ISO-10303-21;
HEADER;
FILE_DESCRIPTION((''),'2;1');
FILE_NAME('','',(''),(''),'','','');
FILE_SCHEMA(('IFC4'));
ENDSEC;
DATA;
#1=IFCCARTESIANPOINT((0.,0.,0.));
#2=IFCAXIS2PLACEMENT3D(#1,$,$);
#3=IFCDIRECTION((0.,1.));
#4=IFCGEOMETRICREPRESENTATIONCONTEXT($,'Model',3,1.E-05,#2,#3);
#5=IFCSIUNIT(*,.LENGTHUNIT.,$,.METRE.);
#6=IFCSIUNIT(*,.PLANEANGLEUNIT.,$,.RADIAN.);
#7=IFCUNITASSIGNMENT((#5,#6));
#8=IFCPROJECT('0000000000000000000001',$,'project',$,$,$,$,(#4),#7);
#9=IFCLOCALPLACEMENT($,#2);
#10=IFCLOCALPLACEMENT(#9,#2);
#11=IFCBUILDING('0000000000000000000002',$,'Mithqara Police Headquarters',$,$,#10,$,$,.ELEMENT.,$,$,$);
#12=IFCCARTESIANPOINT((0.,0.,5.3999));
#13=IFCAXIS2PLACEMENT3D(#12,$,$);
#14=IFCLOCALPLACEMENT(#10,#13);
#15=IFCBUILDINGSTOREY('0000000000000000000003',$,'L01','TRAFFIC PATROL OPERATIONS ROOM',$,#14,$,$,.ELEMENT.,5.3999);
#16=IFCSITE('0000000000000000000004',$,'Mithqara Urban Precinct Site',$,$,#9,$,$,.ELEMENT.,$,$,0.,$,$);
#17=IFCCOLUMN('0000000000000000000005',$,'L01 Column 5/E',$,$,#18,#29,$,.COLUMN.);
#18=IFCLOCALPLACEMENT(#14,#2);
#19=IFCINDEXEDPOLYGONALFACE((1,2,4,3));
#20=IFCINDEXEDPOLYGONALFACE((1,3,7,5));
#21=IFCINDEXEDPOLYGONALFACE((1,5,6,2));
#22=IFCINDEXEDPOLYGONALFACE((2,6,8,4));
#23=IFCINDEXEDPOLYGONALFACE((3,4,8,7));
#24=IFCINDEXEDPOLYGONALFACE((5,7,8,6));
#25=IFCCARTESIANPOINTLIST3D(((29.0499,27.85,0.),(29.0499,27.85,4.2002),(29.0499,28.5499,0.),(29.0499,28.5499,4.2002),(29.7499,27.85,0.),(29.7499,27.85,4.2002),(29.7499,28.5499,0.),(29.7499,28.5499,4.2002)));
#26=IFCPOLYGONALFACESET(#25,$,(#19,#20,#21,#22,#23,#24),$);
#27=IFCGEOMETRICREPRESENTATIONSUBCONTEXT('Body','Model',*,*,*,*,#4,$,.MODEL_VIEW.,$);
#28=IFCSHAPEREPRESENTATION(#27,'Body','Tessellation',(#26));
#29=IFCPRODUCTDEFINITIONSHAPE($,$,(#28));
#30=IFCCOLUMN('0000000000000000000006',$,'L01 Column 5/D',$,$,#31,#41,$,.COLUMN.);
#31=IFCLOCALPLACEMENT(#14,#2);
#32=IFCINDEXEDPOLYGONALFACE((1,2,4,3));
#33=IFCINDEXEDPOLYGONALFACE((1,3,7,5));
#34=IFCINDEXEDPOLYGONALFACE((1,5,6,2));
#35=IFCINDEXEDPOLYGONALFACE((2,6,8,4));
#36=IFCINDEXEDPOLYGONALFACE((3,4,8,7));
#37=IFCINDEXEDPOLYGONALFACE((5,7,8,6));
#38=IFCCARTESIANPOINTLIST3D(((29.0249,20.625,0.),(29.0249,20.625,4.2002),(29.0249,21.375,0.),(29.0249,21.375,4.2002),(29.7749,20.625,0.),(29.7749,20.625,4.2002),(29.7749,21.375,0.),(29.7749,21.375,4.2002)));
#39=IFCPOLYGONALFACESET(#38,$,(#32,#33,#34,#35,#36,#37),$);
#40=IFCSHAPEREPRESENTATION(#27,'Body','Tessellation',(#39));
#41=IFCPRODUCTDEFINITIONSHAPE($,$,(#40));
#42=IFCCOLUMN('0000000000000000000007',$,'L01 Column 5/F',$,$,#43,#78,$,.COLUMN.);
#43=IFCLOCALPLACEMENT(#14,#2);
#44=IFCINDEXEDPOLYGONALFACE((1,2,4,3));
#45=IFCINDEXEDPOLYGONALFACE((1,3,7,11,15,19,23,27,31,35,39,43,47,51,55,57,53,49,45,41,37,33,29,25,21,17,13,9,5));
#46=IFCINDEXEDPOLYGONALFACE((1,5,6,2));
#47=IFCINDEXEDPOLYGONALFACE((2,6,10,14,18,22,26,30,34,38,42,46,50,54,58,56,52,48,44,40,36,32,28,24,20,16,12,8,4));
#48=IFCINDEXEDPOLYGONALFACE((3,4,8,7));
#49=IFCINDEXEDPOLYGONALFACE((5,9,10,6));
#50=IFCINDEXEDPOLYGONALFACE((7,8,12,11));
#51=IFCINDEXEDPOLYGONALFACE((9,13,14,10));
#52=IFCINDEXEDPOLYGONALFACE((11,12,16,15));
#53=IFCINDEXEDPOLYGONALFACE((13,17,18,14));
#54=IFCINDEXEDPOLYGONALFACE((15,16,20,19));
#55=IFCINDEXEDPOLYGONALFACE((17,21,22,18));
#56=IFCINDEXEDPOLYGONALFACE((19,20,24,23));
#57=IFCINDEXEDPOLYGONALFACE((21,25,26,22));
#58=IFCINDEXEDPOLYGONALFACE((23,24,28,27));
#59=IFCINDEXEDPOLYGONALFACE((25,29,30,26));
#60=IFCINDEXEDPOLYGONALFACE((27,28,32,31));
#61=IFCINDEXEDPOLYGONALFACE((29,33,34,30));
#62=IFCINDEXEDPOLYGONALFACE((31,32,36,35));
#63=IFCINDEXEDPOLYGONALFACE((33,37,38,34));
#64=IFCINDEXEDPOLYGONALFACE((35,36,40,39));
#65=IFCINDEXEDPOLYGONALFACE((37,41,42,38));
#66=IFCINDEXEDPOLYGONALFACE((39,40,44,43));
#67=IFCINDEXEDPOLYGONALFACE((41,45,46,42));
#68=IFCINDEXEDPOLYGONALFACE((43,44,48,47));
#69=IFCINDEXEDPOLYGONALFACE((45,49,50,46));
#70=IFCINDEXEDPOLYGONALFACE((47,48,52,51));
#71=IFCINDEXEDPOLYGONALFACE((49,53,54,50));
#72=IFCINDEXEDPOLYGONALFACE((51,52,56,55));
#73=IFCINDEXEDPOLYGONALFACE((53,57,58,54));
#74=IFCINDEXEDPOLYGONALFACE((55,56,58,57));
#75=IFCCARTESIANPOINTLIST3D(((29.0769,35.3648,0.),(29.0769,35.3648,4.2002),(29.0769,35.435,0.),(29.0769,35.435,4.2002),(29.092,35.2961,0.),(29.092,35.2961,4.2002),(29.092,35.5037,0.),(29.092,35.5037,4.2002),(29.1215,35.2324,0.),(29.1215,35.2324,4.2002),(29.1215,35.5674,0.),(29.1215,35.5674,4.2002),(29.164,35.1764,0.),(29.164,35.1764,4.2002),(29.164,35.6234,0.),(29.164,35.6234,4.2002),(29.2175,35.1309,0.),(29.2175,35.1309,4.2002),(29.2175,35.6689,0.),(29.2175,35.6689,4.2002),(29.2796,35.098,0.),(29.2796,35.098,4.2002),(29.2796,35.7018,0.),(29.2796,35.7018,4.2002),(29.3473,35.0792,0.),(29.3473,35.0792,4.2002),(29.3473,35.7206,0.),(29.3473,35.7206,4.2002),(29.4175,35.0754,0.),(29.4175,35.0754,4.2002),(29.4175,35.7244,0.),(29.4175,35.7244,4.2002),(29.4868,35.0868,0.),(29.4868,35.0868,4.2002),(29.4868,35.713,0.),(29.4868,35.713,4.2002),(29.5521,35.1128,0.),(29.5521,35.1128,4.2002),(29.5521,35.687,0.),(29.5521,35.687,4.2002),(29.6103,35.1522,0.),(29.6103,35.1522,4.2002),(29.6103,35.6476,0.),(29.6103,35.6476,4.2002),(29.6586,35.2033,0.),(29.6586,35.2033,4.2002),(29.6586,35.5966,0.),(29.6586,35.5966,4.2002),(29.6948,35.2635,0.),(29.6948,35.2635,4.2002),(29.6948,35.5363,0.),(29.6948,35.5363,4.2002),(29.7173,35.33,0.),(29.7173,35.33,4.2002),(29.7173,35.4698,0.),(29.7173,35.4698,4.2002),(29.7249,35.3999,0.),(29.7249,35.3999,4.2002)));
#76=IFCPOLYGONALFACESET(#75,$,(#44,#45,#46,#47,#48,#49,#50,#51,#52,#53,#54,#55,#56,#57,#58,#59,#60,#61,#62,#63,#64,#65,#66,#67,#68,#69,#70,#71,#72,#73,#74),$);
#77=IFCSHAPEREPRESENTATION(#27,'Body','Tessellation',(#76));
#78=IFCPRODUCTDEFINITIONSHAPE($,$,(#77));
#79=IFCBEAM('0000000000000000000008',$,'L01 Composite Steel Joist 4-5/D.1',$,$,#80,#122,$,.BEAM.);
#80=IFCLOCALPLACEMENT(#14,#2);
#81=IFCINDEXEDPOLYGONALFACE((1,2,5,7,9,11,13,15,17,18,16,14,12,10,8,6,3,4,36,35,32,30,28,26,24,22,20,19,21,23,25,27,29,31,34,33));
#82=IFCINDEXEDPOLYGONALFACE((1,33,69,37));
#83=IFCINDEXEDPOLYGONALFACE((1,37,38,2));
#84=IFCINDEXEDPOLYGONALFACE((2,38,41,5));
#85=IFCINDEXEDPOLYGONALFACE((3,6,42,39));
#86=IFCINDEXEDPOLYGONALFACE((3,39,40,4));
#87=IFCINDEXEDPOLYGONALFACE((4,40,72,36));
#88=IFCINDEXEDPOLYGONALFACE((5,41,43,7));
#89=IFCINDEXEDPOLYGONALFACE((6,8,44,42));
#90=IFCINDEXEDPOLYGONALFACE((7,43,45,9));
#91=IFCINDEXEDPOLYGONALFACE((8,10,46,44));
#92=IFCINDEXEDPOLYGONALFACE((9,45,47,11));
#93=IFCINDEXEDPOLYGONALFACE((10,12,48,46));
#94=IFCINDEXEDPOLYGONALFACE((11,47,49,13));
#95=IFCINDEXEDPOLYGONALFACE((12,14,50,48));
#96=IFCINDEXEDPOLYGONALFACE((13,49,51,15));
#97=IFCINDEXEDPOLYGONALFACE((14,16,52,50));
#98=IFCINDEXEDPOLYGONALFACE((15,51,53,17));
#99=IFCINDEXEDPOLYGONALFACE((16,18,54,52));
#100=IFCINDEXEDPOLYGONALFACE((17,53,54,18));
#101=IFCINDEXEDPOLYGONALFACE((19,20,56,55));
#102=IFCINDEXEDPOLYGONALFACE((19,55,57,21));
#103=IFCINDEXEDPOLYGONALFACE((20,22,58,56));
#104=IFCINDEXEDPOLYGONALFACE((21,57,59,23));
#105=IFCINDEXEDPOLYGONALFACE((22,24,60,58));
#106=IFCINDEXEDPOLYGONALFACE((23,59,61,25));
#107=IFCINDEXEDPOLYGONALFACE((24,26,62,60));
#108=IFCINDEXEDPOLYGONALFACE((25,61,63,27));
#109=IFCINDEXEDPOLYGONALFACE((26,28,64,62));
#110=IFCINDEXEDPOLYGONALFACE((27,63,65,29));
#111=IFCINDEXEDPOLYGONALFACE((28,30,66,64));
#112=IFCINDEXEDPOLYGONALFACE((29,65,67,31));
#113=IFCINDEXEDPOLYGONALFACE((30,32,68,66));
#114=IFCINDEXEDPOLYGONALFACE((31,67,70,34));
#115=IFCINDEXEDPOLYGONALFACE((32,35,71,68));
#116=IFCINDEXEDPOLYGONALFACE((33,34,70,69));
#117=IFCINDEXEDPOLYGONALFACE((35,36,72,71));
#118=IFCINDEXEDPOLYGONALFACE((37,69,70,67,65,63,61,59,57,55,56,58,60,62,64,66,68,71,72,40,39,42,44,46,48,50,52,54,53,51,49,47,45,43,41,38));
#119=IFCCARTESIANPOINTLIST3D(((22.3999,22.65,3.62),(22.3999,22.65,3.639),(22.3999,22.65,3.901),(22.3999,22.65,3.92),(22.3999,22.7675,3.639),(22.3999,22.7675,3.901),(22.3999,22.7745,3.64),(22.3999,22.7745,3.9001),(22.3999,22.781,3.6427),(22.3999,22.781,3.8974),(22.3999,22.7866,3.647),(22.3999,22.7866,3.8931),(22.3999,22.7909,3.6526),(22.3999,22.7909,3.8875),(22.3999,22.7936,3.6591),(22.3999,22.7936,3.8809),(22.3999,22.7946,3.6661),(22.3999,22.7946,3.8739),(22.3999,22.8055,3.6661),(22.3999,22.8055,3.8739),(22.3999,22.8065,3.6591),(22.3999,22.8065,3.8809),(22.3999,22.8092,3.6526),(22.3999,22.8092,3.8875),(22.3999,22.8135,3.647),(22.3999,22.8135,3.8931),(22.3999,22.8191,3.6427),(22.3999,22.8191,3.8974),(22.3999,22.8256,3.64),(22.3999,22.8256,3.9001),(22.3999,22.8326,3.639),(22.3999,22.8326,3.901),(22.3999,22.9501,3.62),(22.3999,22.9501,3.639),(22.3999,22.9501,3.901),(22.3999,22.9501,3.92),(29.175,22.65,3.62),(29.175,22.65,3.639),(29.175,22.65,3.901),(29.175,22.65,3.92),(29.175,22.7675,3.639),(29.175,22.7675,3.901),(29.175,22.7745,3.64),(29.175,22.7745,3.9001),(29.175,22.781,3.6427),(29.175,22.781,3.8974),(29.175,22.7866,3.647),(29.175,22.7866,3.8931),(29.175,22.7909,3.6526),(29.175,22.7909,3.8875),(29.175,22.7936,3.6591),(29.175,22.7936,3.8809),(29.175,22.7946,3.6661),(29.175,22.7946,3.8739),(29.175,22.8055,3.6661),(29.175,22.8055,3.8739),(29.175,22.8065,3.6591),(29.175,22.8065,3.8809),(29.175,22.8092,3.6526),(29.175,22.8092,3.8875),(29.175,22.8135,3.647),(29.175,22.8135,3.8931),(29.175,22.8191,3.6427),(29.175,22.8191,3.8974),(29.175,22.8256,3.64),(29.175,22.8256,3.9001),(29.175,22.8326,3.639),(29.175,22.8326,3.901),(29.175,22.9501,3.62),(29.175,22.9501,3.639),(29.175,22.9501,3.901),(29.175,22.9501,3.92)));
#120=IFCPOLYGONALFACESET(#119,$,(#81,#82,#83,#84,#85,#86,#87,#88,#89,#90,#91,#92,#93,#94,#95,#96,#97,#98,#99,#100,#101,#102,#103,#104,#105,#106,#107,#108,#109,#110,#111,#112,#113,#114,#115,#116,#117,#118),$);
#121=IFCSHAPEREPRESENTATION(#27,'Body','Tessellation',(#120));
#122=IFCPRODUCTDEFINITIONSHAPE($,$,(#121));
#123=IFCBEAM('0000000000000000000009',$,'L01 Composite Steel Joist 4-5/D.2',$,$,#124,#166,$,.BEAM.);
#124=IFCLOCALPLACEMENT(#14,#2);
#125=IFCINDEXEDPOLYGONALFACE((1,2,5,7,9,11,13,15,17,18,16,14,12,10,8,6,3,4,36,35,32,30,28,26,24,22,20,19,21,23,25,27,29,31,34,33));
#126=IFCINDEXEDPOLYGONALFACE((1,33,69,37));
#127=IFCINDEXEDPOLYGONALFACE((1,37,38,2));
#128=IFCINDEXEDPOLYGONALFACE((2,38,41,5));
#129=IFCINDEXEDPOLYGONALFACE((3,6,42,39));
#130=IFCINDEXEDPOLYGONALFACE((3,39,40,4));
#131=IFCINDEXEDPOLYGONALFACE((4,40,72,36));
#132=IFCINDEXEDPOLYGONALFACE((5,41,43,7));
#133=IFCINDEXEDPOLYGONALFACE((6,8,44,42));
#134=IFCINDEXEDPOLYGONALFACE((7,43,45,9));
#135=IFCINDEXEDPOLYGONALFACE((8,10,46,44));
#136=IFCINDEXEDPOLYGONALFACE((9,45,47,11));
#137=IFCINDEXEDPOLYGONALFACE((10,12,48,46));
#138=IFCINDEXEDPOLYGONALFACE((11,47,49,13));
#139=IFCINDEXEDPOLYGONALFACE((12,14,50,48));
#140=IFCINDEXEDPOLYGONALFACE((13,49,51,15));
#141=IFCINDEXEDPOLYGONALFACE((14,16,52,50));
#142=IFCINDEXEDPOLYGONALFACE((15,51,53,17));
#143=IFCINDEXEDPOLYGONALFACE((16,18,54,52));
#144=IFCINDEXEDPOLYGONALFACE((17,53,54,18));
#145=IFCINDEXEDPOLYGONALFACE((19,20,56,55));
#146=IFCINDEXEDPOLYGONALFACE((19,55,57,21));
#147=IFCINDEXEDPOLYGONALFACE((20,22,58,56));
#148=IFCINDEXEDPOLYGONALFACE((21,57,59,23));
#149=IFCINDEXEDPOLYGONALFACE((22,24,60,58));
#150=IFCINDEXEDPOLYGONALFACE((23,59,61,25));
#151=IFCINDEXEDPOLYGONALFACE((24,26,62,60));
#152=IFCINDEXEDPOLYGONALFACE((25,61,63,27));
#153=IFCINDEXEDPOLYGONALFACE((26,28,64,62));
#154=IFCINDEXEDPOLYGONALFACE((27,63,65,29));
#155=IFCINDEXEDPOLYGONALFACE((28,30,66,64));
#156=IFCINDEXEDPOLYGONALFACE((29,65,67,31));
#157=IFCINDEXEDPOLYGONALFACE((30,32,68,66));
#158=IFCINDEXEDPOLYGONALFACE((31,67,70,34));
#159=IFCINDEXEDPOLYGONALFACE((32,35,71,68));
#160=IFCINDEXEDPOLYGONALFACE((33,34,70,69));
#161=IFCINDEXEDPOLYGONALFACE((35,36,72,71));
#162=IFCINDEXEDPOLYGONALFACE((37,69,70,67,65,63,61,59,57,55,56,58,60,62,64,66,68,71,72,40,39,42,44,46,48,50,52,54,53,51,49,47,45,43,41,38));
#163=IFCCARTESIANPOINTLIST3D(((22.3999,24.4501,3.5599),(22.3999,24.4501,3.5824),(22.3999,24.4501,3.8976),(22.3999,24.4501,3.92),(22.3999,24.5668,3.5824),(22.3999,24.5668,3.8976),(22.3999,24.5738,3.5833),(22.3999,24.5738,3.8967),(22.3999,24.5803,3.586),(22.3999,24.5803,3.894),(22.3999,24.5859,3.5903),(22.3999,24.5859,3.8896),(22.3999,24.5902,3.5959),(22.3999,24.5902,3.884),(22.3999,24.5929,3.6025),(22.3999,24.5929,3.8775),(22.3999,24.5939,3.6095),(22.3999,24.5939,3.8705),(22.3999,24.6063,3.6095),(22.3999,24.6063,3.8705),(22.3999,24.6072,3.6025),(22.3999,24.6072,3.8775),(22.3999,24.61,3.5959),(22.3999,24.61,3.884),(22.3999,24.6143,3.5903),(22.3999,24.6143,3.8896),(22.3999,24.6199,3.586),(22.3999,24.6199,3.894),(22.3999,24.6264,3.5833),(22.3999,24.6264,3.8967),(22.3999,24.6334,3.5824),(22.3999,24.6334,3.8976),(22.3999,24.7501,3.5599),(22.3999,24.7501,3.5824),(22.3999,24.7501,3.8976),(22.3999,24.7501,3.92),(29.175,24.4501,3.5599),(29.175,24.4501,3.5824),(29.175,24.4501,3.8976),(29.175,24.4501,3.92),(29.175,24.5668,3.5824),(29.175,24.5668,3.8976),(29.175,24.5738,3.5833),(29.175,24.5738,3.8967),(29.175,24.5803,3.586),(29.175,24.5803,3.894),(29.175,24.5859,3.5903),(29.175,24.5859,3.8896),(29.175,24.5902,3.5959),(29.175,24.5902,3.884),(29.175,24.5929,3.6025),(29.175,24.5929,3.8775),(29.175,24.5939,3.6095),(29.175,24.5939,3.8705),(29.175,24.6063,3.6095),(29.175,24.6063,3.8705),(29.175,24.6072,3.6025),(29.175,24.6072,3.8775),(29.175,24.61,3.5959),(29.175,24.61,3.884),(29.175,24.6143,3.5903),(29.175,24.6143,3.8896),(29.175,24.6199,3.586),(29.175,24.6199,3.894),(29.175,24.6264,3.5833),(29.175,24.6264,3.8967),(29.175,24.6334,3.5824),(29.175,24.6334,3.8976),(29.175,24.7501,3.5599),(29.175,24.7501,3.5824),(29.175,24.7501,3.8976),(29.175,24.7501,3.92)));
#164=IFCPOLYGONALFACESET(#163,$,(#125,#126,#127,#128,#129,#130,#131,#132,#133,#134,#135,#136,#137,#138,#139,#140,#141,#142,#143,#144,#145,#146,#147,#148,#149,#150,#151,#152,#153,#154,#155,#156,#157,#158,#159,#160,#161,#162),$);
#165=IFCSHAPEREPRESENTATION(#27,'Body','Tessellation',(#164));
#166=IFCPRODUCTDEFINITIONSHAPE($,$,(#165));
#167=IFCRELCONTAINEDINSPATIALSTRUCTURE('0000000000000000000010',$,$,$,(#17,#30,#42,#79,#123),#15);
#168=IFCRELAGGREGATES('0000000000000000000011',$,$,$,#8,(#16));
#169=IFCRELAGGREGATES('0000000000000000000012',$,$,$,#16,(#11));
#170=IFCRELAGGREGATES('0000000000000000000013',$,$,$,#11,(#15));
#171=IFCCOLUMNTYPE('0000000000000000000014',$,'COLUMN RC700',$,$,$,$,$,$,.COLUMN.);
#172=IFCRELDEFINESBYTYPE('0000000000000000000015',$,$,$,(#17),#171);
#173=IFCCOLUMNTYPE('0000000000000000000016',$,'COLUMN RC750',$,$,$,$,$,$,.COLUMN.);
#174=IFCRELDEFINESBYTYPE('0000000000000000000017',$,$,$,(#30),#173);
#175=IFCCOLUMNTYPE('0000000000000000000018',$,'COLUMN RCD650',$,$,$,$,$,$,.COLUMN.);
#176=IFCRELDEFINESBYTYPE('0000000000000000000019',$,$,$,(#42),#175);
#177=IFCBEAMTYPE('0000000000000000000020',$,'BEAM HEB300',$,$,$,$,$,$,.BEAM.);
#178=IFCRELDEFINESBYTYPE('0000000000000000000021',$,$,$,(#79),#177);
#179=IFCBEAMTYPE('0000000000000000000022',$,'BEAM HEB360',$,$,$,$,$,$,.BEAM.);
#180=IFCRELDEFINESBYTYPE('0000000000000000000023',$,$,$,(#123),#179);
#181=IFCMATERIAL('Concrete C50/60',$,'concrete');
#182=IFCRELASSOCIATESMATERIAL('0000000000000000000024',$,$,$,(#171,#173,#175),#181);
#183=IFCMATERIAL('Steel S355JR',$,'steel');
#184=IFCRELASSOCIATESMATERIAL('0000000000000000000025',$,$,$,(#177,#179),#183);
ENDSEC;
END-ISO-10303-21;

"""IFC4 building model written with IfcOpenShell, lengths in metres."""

from ifc_helpers import new_model, si_unit, direction, frame, origin, origin_2d, place, context, subcontext, project, spatial, rectangle, circle, i_section, extrude, material, material_profile, profile_set, type_object, element, save


model = new_model("IFC4")

# Units and contexts
model_context = context("Model", 3, precision=1e-05, world=origin(), true_north=direction((0.0, 1.0)))
body_context = subcontext(model_context, "Body", "Model", "MODEL_VIEW")
ifc_project = project(units=[si_unit("LENGTHUNIT", "METRE"), si_unit("PLANEANGLEUNIT", "RADIAN")], contexts=[model_context])

# Site, building, storey
site_placement = place(None, origin())
site = spatial("IfcSite", under=ifc_project, at=site_placement, Name="Mithqara Urban Precinct Site", CompositionType="ELEMENT", RefElevation=0.0)
building_placement = place(site_placement, origin())
building = spatial("IfcBuilding", under=site, at=building_placement, Name="Mithqara Police Headquarters", CompositionType="ELEMENT")
storey_placement = place(building_placement, frame((0.0, 0.0, 5.3999)))
storey = spatial("IfcBuildingStorey", under=building, at=storey_placement, Name="L01", Description="TRAFFIC PATROL OPERATIONS ROOM", CompositionType="ELEMENT", Elevation=5.3999)

# Columns
ifc_material_1 = material(Name="Concrete C50/60", Category="concrete")
ifc_material_profile_1 = material_profile(ifc_material_1, rectangle(XDim=0.7, YDim=0.7, at=origin_2d()), Name="RC 700x700")
ifc_profile_set_1 = profile_set([ifc_material_profile_1], Name="Concrete C50/60")
column_type_1 = type_object("IfcColumnType", Name="COLUMN RC700", PredefinedType="COLUMN", material=ifc_profile_set_1)
column_1_placement = place(storey_placement, frame((29.3999, 28.2, 0.0), z_axis=(0.0, 0.0, 1.0), x_axis=(1.0, 0.0, 0.0)))
element("IfcColumn", 1, at=column_1_placement, inside=storey, type_object=column_type_1, Name="L01 Column 5/E", PredefinedType="COLUMN", context=body_context, shape_type="SweptSolid", body=[
    extrude(rectangle(XDim=0.7, YDim=0.7, at=origin_2d()), origin(), (0.0, 0.0, 1.0), 4.2002),
])
ifc_material_profile_2 = material_profile(ifc_material_1, rectangle(XDim=0.75, YDim=0.75, at=origin_2d()), Name="RC 750x750")
ifc_profile_set_2 = profile_set([ifc_material_profile_2], Name="Concrete C50/60")
column_type_2 = type_object("IfcColumnType", Name="COLUMN RC750", PredefinedType="COLUMN", material=ifc_profile_set_2)
column_2_placement = place(storey_placement, frame((29.3999, 21.0, 0.0), z_axis=(0.0, 0.0, 1.0), x_axis=(1.0, 0.0, 0.0)))
element("IfcColumn", 2, at=column_2_placement, inside=storey, type_object=column_type_2, Name="L01 Column 5/D", PredefinedType="COLUMN", context=body_context, shape_type="SweptSolid", body=[
    extrude(rectangle(XDim=0.75, YDim=0.75, at=origin_2d()), origin(), (0.0, 0.0, 1.0), 4.2002),
])
ifc_material_profile_3 = material_profile(ifc_material_1, circle(Radius=0.325, at=origin_2d()), Name="RCD 650")
ifc_profile_set_3 = profile_set([ifc_material_profile_3], Name="Concrete C50/60")
column_type_3 = type_object("IfcColumnType", Name="COLUMN RCD650", PredefinedType="COLUMN", material=ifc_profile_set_3)
column_3_placement = place(storey_placement, frame((29.3999, 35.3999, 0.0), z_axis=(0.0, 0.0, 1.0), x_axis=(1.0, 0.0, 0.0)))
element("IfcColumn", 3, at=column_3_placement, inside=storey, type_object=column_type_3, Name="L01 Column 5/F", PredefinedType="COLUMN", context=body_context, shape_type="SweptSolid", body=[
    extrude(circle(Radius=0.325, at=origin_2d()), origin(), (0.0, 0.0, 1.0), 4.2002),
])

# Beams
ifc_material_2 = material(Name="Steel S355JR", Category="steel")
ifc_material_profile_4 = material_profile(ifc_material_2, i_section(OverallWidth=0.3, OverallDepth=0.3, WebThickness=0.011, FlangeThickness=0.019, FilletRadius=0.0271, at=origin_2d()), Name="HEB 300")
ifc_profile_set_4 = profile_set([ifc_material_profile_4], Name="Steel S355JR")
beam_type_1 = type_object("IfcBeamType", Name="BEAM HEB300", PredefinedType="BEAM", material=ifc_profile_set_4)
beam_1_placement = place(storey_placement, frame((22.3999, 22.8, 3.77), z_axis=(1.0, 0.0, 0.0), x_axis=(0.0, 1.0, 0.0)))
element("IfcBeam", 4, at=beam_1_placement, inside=storey, type_object=beam_type_1, Name="L01 Composite Steel Joist 4-5/D.1", PredefinedType="BEAM", context=body_context, shape_type="SweptSolid", body=[
    extrude(i_section(OverallWidth=0.3, OverallDepth=0.3, WebThickness=0.011, FlangeThickness=0.019, FilletRadius=0.0271, at=origin_2d()), origin(), (0.0, 0.0, 1.0), 6.7751),
])
ifc_material_profile_5 = material_profile(ifc_material_2, i_section(OverallWidth=0.3, OverallDepth=0.3601, WebThickness=0.0125, FlangeThickness=0.0225, FilletRadius=0.0271, at=origin_2d()), Name="HEB 360")
ifc_profile_set_5 = profile_set([ifc_material_profile_5], Name="Steel S355JR")
beam_type_2 = type_object("IfcBeamType", Name="BEAM HEB360", PredefinedType="BEAM", material=ifc_profile_set_5)
beam_2_placement = place(storey_placement, frame((22.3999, 24.6001, 3.74), z_axis=(1.0, 0.0, 0.0), x_axis=(0.0, 1.0, 0.0)))
element("IfcBeam", 5, at=beam_2_placement, inside=storey, type_object=beam_type_2, Name="L01 Composite Steel Joist 4-5/D.2", PredefinedType="BEAM", context=body_context, shape_type="SweptSolid", body=[
    extrude(i_section(OverallWidth=0.3, OverallDepth=0.3601, WebThickness=0.0125, FlangeThickness=0.0225, FilletRadius=0.0271, at=origin_2d()), origin(), (0.0, 0.0, 1.0), 6.7751),
])

save(model, "model.ifc")
